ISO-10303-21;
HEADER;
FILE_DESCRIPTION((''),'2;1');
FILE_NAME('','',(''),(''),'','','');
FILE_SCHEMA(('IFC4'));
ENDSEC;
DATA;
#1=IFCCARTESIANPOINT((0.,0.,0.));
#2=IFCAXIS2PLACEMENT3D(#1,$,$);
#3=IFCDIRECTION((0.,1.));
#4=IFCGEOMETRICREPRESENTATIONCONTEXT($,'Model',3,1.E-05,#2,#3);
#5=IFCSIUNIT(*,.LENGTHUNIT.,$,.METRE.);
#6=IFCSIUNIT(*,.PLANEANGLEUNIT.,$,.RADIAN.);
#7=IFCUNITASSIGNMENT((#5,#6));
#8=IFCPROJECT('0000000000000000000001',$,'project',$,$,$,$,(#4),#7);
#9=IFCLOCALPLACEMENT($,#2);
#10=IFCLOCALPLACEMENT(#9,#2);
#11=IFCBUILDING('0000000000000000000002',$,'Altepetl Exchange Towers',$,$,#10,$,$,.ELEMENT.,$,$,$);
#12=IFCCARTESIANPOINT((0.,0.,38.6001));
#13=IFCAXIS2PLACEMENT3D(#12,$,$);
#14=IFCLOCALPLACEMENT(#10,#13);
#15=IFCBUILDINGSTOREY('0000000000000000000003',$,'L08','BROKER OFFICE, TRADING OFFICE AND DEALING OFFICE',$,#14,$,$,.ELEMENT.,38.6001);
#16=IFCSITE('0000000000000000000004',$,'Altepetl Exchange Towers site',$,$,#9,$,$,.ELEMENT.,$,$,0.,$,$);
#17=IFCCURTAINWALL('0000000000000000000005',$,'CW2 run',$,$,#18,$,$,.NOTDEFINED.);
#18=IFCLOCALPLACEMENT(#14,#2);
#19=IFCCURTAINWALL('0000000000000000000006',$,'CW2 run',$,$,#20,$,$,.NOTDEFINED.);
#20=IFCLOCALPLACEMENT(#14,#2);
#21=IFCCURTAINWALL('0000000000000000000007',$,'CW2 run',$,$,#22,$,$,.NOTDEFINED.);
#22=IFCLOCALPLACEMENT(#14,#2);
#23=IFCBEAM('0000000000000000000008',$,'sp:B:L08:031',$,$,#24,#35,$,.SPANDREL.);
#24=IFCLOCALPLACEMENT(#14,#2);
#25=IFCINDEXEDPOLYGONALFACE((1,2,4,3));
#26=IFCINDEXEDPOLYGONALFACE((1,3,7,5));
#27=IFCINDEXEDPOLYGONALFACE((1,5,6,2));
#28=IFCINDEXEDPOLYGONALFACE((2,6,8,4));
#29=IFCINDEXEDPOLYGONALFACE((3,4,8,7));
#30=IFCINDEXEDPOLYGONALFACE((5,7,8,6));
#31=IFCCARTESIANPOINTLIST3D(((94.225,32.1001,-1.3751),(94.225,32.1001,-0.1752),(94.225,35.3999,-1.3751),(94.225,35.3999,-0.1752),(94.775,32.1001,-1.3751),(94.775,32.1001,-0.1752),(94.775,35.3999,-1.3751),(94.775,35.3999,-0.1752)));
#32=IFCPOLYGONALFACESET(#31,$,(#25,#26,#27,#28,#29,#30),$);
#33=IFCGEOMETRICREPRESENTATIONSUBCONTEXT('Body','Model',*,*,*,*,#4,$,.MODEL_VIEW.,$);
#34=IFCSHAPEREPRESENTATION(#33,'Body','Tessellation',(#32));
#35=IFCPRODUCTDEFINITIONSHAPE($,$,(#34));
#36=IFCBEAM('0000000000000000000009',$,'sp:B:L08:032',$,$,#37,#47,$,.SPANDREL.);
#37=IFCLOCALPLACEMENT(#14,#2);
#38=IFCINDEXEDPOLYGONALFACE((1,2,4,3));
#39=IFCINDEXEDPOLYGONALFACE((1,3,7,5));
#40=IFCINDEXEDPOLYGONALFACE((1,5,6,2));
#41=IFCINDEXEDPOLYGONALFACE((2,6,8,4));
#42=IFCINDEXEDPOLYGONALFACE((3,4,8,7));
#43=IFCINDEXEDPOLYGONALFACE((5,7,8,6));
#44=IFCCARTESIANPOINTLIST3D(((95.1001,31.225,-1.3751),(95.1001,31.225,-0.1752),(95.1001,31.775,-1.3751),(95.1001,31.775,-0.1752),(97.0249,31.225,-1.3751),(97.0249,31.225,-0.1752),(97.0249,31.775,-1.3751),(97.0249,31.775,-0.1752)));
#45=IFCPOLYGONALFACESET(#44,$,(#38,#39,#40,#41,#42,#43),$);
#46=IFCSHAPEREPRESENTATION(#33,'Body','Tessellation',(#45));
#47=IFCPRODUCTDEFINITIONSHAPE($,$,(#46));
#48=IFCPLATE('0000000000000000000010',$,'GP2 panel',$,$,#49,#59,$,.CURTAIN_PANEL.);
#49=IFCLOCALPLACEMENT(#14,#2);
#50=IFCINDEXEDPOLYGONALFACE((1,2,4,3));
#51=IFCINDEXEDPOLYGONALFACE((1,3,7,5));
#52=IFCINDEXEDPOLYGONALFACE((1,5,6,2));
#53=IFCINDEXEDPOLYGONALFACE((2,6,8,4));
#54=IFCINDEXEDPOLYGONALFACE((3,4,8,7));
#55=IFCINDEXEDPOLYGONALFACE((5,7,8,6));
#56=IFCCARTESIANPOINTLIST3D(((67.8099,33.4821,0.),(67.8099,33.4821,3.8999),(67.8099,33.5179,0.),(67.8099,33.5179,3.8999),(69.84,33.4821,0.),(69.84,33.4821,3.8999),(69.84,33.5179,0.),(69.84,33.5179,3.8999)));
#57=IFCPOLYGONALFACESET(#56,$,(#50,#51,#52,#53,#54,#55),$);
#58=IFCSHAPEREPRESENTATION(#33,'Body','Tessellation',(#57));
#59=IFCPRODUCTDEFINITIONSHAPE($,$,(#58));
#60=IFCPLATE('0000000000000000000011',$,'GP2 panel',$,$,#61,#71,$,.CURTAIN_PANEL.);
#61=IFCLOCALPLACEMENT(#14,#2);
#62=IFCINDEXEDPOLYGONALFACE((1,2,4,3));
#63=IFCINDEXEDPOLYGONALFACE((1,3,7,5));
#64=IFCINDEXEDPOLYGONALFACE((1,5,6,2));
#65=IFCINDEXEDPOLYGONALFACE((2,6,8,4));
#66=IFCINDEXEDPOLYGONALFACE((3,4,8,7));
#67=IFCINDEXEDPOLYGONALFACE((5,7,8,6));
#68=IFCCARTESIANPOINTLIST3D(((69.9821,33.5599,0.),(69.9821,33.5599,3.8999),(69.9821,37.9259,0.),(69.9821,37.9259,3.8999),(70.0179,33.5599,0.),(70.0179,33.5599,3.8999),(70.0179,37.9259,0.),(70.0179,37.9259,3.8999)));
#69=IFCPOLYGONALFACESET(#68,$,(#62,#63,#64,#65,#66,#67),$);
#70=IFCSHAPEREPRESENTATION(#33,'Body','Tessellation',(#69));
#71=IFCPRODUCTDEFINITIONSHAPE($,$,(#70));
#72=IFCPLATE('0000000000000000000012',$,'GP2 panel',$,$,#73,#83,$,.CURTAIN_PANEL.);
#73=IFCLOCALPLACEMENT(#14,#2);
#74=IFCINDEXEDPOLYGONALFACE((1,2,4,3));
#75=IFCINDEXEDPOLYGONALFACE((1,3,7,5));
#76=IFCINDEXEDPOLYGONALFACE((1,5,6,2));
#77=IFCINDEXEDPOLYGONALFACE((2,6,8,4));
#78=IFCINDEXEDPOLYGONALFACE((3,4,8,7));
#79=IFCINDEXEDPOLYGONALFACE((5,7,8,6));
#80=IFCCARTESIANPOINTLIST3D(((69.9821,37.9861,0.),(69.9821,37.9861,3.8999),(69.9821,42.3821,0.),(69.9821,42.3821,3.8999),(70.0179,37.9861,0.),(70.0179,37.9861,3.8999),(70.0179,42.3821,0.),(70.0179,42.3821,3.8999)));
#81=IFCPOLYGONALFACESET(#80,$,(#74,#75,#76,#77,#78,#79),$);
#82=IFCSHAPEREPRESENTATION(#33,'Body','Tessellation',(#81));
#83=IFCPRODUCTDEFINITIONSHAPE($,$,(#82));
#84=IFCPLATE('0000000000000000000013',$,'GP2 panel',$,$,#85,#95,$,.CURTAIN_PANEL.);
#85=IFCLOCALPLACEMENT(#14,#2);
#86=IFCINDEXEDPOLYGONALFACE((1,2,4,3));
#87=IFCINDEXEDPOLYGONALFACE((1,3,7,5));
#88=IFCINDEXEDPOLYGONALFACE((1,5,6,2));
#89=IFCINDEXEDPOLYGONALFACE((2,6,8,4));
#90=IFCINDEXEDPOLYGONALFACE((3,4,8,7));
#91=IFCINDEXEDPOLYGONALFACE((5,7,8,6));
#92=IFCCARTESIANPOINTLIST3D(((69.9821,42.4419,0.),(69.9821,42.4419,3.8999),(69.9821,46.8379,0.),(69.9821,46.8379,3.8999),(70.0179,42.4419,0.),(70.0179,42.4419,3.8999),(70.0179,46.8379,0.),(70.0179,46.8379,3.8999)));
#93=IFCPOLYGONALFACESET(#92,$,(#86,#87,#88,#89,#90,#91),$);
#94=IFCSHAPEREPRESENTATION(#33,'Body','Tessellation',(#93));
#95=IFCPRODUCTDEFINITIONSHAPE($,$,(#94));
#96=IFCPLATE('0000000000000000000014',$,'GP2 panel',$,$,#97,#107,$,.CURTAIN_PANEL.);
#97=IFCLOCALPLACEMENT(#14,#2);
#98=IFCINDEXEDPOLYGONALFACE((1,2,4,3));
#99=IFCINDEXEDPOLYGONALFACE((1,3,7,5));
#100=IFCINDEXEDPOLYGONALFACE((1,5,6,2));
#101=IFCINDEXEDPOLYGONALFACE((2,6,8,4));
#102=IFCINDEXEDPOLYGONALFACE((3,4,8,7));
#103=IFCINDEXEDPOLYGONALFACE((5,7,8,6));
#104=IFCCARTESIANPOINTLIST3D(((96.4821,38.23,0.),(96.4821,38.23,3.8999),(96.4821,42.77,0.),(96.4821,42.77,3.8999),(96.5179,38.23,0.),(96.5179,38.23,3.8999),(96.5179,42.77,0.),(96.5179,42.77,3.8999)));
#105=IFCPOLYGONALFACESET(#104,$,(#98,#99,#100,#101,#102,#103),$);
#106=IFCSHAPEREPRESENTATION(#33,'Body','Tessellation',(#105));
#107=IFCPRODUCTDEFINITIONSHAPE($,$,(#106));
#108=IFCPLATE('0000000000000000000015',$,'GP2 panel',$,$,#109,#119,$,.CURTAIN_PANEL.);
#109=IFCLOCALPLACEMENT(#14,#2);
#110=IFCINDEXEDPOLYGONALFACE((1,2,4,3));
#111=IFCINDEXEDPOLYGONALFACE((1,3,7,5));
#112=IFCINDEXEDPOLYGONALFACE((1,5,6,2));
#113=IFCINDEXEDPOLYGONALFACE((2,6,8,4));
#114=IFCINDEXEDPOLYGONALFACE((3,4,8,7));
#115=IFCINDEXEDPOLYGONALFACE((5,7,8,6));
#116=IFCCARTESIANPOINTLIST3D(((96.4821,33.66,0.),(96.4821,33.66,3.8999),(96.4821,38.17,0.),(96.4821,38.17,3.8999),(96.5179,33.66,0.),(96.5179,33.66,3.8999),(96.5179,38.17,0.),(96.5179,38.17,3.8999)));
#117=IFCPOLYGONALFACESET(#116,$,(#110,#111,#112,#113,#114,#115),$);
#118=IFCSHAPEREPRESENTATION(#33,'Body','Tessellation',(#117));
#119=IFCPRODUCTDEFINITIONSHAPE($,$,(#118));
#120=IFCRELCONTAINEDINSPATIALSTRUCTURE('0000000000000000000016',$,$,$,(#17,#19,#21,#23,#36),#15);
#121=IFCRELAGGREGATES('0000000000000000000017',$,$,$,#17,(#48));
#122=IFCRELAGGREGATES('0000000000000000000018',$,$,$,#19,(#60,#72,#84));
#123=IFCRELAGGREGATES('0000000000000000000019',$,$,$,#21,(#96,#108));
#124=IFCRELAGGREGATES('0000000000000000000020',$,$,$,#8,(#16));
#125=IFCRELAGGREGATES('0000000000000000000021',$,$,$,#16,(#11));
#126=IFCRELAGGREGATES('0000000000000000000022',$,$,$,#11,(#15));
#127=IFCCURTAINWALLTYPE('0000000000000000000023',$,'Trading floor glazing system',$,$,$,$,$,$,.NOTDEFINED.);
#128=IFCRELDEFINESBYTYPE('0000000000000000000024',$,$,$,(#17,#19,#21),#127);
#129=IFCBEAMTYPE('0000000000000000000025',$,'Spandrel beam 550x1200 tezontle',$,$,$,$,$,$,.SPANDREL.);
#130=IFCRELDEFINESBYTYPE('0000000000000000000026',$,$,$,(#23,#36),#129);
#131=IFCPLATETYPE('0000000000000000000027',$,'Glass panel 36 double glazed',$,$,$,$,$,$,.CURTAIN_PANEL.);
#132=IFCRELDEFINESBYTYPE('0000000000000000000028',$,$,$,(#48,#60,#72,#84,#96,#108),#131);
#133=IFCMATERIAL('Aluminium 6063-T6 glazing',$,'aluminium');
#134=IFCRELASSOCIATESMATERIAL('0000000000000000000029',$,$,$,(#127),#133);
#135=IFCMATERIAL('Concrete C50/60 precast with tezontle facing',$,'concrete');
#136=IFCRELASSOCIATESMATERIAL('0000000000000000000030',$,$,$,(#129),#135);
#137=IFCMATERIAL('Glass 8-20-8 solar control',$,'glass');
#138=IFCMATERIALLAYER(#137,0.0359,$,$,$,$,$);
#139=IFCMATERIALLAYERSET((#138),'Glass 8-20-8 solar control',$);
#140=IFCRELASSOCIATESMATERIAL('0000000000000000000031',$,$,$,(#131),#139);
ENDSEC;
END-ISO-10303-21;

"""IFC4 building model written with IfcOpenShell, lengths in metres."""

from ifc_helpers import new_model, si_unit, direction, frame, origin, origin_2d, place, context, subcontext, project, spatial, rectangle, extrude, material, layer, layer_set, material_profile, profile_set, type_object, element, aggregate, save


model = new_model("IFC4")

# Units and contexts
model_context = context("Model", 3, precision=1e-05, world=origin(), true_north=direction((0.0, 1.0)))
body_context = subcontext(model_context, "Body", "Model", "MODEL_VIEW")
ifc_project = project(units=[si_unit("LENGTHUNIT", "METRE"), si_unit("PLANEANGLEUNIT", "RADIAN")], contexts=[model_context])

# Site, building, storey
site_placement = place(None, origin())
site = spatial("IfcSite", under=ifc_project, at=site_placement, Name="Altepetl Exchange Towers site", CompositionType="ELEMENT", RefElevation=0.0)
building_placement = place(site_placement, origin())
building = spatial("IfcBuilding", under=site, at=building_placement, Name="Altepetl Exchange Towers", CompositionType="ELEMENT")
storey_placement = place(building_placement, frame((0.0, 0.0, 38.6001)))
storey = spatial("IfcBuildingStorey", under=building, at=storey_placement, Name="L08", Description="BROKER OFFICE, TRADING OFFICE AND DEALING OFFICE", CompositionType="ELEMENT", Elevation=38.6001)

# Curtain walls
ifc_material_1 = material(Name="Aluminium 6063-T6 glazing", Category="aluminium")
curtain_wall_type = type_object("IfcCurtainWallType", Name="Trading floor glazing system", PredefinedType="NOTDEFINED", material=ifc_material_1)
curtain_wall_1_placement = place(storey_placement, origin())
curtain_wall_1 = element("IfcCurtainWall", 1, at=curtain_wall_1_placement, inside=storey, type_object=curtain_wall_type, Name="CW2 run", PredefinedType="NOTDEFINED")
curtain_wall_2_placement = place(storey_placement, origin())
curtain_wall_2 = element("IfcCurtainWall", 2, at=curtain_wall_2_placement, inside=storey, type_object=curtain_wall_type, Name="CW2 run", PredefinedType="NOTDEFINED")
curtain_wall_3_placement = place(storey_placement, origin())
curtain_wall_3 = element("IfcCurtainWall", 3, at=curtain_wall_3_placement, inside=storey, type_object=curtain_wall_type, Name="CW2 run", PredefinedType="NOTDEFINED")

# Beams
ifc_material_2 = material(Name="Concrete C50/60 precast with tezontle facing", Category="concrete")
ifc_material_profile_1 = material_profile(ifc_material_2, rectangle(XDim=0.55, YDim=1.2, at=origin_2d()), Name="550 x 1200")
ifc_profile_set_1 = profile_set([ifc_material_profile_1], Name="Concrete C50/60 precast with tezontle facing")
beam_type_1 = type_object("IfcBeamType", Name="Spandrel beam 550x1200 tezontle", PredefinedType="SPANDREL", material=ifc_profile_set_1)
beam_1_placement = place(storey_placement, frame((94.5, 35.3999, -0.7751), z_axis=(0.0, -1.0, 0.0), x_axis=(1.0, 0.0, 0.0)))
element("IfcBeam", 4, at=beam_1_placement, inside=storey, type_object=beam_type_1, Name="sp:B:L08:031", PredefinedType="SPANDREL", context=body_context, shape_type="SweptSolid", body=[
    extrude(rectangle(XDim=0.55, YDim=1.2, at=origin_2d()), origin(), (0.0, 0.0, 1.0), 3.2998),
])
beam_2_placement = place(storey_placement, frame((95.1001, 31.5, -0.7751), z_axis=(1.0, 0.0, 0.0), x_axis=(0.0, 1.0, 0.0)))
element("IfcBeam", 5, at=beam_2_placement, inside=storey, type_object=beam_type_1, Name="sp:B:L08:032", PredefinedType="SPANDREL", context=body_context, shape_type="SweptSolid", body=[
    extrude(rectangle(XDim=0.55, YDim=1.2, at=origin_2d()), origin(), (0.0, 0.0, 1.0), 1.9248),
])

# Plates
ifc_material_3 = material(Name="Glass 8-20-8 solar control", Category="glass")
ifc_layer = layer(ifc_material_3, 0.0359)
ifc_layer_set = layer_set([ifc_layer], Name="Glass 8-20-8 solar control")
plate_type = type_object("IfcPlateType", Name="Glass panel 36 double glazed", PredefinedType="CURTAIN_PANEL", material=ifc_layer_set)
plate_1_placement = place(storey_placement, frame((68.825, 33.5, 0.0)))
plate_1 = element("IfcPlate", 6, at=plate_1_placement, type_object=plate_type, Name="GP2 panel", PredefinedType="CURTAIN_PANEL", context=body_context, shape_type="SweptSolid", body=[
    extrude(rectangle(XDim=2.03, YDim=0.0359, at=origin_2d()), origin(), (0.0, 0.0, 1.0), 3.8999),
])
aggregate(curtain_wall_1, [plate_1])
plate_2_placement = place(storey_placement, frame((70.0, 35.7429, 0.0), z_axis=(0.0, 0.0, 1.0), x_axis=(0.0, 1.0, 0.0)))
plate_2 = element("IfcPlate", 7, at=plate_2_placement, type_object=plate_type, Name="GP2 panel", PredefinedType="CURTAIN_PANEL", context=body_context, shape_type="SweptSolid", body=[
    extrude(rectangle(XDim=4.366, YDim=0.0359, at=origin_2d()), origin(), (0.0, 0.0, 1.0), 3.8999),
])
plate_3_placement = place(storey_placement, frame((70.0, 40.1841, 0.0), z_axis=(0.0, 0.0, 1.0), x_axis=(0.0, 1.0, 0.0)))
plate_3 = element("IfcPlate", 8, at=plate_3_placement, type_object=plate_type, Name="GP2 panel", PredefinedType="CURTAIN_PANEL", context=body_context, shape_type="SweptSolid", body=[
    extrude(rectangle(XDim=4.396, YDim=0.0359, at=origin_2d()), origin(), (0.0, 0.0, 1.0), 3.8999),
])
plate_4_placement = place(storey_placement, frame((70.0, 44.6399, 0.0), z_axis=(0.0, 0.0, 1.0), x_axis=(0.0, 1.0, 0.0)))
plate_4 = element("IfcPlate", 9, at=plate_4_placement, type_object=plate_type, Name="GP2 panel", PredefinedType="CURTAIN_PANEL", context=body_context, shape_type="SweptSolid", body=[
    extrude(rectangle(XDim=4.396, YDim=0.0359, at=origin_2d()), origin(), (0.0, 0.0, 1.0), 3.8999),
])
aggregate(curtain_wall_2, [plate_2, plate_3, plate_4])
plate_5_placement = place(storey_placement, frame((96.5, 40.5, 0.0), z_axis=(0.0, 0.0, 1.0), x_axis=(0.0, -1.0, 0.0)))
plate_5 = element("IfcPlate", 10, at=plate_5_placement, type_object=plate_type, Name="GP2 panel", PredefinedType="CURTAIN_PANEL", context=body_context, shape_type="SweptSolid", body=[
    extrude(rectangle(XDim=4.54, YDim=0.0359, at=origin_2d()), origin(), (0.0, 0.0, 1.0), 3.8999),
])
plate_6_placement = place(storey_placement, frame((96.5, 35.915, 0.0), z_axis=(0.0, 0.0, 1.0), x_axis=(0.0, -1.0, 0.0)))
plate_6 = element("IfcPlate", 11, at=plate_6_placement, type_object=plate_type, Name="GP2 panel", PredefinedType="CURTAIN_PANEL", context=body_context, shape_type="SweptSolid", body=[
    extrude(rectangle(XDim=4.51, YDim=0.0359, at=origin_2d()), origin(), (0.0, 0.0, 1.0), 3.8999),
])
aggregate(curtain_wall_3, [plate_5, plate_6])

save(model, "model.ifc")
